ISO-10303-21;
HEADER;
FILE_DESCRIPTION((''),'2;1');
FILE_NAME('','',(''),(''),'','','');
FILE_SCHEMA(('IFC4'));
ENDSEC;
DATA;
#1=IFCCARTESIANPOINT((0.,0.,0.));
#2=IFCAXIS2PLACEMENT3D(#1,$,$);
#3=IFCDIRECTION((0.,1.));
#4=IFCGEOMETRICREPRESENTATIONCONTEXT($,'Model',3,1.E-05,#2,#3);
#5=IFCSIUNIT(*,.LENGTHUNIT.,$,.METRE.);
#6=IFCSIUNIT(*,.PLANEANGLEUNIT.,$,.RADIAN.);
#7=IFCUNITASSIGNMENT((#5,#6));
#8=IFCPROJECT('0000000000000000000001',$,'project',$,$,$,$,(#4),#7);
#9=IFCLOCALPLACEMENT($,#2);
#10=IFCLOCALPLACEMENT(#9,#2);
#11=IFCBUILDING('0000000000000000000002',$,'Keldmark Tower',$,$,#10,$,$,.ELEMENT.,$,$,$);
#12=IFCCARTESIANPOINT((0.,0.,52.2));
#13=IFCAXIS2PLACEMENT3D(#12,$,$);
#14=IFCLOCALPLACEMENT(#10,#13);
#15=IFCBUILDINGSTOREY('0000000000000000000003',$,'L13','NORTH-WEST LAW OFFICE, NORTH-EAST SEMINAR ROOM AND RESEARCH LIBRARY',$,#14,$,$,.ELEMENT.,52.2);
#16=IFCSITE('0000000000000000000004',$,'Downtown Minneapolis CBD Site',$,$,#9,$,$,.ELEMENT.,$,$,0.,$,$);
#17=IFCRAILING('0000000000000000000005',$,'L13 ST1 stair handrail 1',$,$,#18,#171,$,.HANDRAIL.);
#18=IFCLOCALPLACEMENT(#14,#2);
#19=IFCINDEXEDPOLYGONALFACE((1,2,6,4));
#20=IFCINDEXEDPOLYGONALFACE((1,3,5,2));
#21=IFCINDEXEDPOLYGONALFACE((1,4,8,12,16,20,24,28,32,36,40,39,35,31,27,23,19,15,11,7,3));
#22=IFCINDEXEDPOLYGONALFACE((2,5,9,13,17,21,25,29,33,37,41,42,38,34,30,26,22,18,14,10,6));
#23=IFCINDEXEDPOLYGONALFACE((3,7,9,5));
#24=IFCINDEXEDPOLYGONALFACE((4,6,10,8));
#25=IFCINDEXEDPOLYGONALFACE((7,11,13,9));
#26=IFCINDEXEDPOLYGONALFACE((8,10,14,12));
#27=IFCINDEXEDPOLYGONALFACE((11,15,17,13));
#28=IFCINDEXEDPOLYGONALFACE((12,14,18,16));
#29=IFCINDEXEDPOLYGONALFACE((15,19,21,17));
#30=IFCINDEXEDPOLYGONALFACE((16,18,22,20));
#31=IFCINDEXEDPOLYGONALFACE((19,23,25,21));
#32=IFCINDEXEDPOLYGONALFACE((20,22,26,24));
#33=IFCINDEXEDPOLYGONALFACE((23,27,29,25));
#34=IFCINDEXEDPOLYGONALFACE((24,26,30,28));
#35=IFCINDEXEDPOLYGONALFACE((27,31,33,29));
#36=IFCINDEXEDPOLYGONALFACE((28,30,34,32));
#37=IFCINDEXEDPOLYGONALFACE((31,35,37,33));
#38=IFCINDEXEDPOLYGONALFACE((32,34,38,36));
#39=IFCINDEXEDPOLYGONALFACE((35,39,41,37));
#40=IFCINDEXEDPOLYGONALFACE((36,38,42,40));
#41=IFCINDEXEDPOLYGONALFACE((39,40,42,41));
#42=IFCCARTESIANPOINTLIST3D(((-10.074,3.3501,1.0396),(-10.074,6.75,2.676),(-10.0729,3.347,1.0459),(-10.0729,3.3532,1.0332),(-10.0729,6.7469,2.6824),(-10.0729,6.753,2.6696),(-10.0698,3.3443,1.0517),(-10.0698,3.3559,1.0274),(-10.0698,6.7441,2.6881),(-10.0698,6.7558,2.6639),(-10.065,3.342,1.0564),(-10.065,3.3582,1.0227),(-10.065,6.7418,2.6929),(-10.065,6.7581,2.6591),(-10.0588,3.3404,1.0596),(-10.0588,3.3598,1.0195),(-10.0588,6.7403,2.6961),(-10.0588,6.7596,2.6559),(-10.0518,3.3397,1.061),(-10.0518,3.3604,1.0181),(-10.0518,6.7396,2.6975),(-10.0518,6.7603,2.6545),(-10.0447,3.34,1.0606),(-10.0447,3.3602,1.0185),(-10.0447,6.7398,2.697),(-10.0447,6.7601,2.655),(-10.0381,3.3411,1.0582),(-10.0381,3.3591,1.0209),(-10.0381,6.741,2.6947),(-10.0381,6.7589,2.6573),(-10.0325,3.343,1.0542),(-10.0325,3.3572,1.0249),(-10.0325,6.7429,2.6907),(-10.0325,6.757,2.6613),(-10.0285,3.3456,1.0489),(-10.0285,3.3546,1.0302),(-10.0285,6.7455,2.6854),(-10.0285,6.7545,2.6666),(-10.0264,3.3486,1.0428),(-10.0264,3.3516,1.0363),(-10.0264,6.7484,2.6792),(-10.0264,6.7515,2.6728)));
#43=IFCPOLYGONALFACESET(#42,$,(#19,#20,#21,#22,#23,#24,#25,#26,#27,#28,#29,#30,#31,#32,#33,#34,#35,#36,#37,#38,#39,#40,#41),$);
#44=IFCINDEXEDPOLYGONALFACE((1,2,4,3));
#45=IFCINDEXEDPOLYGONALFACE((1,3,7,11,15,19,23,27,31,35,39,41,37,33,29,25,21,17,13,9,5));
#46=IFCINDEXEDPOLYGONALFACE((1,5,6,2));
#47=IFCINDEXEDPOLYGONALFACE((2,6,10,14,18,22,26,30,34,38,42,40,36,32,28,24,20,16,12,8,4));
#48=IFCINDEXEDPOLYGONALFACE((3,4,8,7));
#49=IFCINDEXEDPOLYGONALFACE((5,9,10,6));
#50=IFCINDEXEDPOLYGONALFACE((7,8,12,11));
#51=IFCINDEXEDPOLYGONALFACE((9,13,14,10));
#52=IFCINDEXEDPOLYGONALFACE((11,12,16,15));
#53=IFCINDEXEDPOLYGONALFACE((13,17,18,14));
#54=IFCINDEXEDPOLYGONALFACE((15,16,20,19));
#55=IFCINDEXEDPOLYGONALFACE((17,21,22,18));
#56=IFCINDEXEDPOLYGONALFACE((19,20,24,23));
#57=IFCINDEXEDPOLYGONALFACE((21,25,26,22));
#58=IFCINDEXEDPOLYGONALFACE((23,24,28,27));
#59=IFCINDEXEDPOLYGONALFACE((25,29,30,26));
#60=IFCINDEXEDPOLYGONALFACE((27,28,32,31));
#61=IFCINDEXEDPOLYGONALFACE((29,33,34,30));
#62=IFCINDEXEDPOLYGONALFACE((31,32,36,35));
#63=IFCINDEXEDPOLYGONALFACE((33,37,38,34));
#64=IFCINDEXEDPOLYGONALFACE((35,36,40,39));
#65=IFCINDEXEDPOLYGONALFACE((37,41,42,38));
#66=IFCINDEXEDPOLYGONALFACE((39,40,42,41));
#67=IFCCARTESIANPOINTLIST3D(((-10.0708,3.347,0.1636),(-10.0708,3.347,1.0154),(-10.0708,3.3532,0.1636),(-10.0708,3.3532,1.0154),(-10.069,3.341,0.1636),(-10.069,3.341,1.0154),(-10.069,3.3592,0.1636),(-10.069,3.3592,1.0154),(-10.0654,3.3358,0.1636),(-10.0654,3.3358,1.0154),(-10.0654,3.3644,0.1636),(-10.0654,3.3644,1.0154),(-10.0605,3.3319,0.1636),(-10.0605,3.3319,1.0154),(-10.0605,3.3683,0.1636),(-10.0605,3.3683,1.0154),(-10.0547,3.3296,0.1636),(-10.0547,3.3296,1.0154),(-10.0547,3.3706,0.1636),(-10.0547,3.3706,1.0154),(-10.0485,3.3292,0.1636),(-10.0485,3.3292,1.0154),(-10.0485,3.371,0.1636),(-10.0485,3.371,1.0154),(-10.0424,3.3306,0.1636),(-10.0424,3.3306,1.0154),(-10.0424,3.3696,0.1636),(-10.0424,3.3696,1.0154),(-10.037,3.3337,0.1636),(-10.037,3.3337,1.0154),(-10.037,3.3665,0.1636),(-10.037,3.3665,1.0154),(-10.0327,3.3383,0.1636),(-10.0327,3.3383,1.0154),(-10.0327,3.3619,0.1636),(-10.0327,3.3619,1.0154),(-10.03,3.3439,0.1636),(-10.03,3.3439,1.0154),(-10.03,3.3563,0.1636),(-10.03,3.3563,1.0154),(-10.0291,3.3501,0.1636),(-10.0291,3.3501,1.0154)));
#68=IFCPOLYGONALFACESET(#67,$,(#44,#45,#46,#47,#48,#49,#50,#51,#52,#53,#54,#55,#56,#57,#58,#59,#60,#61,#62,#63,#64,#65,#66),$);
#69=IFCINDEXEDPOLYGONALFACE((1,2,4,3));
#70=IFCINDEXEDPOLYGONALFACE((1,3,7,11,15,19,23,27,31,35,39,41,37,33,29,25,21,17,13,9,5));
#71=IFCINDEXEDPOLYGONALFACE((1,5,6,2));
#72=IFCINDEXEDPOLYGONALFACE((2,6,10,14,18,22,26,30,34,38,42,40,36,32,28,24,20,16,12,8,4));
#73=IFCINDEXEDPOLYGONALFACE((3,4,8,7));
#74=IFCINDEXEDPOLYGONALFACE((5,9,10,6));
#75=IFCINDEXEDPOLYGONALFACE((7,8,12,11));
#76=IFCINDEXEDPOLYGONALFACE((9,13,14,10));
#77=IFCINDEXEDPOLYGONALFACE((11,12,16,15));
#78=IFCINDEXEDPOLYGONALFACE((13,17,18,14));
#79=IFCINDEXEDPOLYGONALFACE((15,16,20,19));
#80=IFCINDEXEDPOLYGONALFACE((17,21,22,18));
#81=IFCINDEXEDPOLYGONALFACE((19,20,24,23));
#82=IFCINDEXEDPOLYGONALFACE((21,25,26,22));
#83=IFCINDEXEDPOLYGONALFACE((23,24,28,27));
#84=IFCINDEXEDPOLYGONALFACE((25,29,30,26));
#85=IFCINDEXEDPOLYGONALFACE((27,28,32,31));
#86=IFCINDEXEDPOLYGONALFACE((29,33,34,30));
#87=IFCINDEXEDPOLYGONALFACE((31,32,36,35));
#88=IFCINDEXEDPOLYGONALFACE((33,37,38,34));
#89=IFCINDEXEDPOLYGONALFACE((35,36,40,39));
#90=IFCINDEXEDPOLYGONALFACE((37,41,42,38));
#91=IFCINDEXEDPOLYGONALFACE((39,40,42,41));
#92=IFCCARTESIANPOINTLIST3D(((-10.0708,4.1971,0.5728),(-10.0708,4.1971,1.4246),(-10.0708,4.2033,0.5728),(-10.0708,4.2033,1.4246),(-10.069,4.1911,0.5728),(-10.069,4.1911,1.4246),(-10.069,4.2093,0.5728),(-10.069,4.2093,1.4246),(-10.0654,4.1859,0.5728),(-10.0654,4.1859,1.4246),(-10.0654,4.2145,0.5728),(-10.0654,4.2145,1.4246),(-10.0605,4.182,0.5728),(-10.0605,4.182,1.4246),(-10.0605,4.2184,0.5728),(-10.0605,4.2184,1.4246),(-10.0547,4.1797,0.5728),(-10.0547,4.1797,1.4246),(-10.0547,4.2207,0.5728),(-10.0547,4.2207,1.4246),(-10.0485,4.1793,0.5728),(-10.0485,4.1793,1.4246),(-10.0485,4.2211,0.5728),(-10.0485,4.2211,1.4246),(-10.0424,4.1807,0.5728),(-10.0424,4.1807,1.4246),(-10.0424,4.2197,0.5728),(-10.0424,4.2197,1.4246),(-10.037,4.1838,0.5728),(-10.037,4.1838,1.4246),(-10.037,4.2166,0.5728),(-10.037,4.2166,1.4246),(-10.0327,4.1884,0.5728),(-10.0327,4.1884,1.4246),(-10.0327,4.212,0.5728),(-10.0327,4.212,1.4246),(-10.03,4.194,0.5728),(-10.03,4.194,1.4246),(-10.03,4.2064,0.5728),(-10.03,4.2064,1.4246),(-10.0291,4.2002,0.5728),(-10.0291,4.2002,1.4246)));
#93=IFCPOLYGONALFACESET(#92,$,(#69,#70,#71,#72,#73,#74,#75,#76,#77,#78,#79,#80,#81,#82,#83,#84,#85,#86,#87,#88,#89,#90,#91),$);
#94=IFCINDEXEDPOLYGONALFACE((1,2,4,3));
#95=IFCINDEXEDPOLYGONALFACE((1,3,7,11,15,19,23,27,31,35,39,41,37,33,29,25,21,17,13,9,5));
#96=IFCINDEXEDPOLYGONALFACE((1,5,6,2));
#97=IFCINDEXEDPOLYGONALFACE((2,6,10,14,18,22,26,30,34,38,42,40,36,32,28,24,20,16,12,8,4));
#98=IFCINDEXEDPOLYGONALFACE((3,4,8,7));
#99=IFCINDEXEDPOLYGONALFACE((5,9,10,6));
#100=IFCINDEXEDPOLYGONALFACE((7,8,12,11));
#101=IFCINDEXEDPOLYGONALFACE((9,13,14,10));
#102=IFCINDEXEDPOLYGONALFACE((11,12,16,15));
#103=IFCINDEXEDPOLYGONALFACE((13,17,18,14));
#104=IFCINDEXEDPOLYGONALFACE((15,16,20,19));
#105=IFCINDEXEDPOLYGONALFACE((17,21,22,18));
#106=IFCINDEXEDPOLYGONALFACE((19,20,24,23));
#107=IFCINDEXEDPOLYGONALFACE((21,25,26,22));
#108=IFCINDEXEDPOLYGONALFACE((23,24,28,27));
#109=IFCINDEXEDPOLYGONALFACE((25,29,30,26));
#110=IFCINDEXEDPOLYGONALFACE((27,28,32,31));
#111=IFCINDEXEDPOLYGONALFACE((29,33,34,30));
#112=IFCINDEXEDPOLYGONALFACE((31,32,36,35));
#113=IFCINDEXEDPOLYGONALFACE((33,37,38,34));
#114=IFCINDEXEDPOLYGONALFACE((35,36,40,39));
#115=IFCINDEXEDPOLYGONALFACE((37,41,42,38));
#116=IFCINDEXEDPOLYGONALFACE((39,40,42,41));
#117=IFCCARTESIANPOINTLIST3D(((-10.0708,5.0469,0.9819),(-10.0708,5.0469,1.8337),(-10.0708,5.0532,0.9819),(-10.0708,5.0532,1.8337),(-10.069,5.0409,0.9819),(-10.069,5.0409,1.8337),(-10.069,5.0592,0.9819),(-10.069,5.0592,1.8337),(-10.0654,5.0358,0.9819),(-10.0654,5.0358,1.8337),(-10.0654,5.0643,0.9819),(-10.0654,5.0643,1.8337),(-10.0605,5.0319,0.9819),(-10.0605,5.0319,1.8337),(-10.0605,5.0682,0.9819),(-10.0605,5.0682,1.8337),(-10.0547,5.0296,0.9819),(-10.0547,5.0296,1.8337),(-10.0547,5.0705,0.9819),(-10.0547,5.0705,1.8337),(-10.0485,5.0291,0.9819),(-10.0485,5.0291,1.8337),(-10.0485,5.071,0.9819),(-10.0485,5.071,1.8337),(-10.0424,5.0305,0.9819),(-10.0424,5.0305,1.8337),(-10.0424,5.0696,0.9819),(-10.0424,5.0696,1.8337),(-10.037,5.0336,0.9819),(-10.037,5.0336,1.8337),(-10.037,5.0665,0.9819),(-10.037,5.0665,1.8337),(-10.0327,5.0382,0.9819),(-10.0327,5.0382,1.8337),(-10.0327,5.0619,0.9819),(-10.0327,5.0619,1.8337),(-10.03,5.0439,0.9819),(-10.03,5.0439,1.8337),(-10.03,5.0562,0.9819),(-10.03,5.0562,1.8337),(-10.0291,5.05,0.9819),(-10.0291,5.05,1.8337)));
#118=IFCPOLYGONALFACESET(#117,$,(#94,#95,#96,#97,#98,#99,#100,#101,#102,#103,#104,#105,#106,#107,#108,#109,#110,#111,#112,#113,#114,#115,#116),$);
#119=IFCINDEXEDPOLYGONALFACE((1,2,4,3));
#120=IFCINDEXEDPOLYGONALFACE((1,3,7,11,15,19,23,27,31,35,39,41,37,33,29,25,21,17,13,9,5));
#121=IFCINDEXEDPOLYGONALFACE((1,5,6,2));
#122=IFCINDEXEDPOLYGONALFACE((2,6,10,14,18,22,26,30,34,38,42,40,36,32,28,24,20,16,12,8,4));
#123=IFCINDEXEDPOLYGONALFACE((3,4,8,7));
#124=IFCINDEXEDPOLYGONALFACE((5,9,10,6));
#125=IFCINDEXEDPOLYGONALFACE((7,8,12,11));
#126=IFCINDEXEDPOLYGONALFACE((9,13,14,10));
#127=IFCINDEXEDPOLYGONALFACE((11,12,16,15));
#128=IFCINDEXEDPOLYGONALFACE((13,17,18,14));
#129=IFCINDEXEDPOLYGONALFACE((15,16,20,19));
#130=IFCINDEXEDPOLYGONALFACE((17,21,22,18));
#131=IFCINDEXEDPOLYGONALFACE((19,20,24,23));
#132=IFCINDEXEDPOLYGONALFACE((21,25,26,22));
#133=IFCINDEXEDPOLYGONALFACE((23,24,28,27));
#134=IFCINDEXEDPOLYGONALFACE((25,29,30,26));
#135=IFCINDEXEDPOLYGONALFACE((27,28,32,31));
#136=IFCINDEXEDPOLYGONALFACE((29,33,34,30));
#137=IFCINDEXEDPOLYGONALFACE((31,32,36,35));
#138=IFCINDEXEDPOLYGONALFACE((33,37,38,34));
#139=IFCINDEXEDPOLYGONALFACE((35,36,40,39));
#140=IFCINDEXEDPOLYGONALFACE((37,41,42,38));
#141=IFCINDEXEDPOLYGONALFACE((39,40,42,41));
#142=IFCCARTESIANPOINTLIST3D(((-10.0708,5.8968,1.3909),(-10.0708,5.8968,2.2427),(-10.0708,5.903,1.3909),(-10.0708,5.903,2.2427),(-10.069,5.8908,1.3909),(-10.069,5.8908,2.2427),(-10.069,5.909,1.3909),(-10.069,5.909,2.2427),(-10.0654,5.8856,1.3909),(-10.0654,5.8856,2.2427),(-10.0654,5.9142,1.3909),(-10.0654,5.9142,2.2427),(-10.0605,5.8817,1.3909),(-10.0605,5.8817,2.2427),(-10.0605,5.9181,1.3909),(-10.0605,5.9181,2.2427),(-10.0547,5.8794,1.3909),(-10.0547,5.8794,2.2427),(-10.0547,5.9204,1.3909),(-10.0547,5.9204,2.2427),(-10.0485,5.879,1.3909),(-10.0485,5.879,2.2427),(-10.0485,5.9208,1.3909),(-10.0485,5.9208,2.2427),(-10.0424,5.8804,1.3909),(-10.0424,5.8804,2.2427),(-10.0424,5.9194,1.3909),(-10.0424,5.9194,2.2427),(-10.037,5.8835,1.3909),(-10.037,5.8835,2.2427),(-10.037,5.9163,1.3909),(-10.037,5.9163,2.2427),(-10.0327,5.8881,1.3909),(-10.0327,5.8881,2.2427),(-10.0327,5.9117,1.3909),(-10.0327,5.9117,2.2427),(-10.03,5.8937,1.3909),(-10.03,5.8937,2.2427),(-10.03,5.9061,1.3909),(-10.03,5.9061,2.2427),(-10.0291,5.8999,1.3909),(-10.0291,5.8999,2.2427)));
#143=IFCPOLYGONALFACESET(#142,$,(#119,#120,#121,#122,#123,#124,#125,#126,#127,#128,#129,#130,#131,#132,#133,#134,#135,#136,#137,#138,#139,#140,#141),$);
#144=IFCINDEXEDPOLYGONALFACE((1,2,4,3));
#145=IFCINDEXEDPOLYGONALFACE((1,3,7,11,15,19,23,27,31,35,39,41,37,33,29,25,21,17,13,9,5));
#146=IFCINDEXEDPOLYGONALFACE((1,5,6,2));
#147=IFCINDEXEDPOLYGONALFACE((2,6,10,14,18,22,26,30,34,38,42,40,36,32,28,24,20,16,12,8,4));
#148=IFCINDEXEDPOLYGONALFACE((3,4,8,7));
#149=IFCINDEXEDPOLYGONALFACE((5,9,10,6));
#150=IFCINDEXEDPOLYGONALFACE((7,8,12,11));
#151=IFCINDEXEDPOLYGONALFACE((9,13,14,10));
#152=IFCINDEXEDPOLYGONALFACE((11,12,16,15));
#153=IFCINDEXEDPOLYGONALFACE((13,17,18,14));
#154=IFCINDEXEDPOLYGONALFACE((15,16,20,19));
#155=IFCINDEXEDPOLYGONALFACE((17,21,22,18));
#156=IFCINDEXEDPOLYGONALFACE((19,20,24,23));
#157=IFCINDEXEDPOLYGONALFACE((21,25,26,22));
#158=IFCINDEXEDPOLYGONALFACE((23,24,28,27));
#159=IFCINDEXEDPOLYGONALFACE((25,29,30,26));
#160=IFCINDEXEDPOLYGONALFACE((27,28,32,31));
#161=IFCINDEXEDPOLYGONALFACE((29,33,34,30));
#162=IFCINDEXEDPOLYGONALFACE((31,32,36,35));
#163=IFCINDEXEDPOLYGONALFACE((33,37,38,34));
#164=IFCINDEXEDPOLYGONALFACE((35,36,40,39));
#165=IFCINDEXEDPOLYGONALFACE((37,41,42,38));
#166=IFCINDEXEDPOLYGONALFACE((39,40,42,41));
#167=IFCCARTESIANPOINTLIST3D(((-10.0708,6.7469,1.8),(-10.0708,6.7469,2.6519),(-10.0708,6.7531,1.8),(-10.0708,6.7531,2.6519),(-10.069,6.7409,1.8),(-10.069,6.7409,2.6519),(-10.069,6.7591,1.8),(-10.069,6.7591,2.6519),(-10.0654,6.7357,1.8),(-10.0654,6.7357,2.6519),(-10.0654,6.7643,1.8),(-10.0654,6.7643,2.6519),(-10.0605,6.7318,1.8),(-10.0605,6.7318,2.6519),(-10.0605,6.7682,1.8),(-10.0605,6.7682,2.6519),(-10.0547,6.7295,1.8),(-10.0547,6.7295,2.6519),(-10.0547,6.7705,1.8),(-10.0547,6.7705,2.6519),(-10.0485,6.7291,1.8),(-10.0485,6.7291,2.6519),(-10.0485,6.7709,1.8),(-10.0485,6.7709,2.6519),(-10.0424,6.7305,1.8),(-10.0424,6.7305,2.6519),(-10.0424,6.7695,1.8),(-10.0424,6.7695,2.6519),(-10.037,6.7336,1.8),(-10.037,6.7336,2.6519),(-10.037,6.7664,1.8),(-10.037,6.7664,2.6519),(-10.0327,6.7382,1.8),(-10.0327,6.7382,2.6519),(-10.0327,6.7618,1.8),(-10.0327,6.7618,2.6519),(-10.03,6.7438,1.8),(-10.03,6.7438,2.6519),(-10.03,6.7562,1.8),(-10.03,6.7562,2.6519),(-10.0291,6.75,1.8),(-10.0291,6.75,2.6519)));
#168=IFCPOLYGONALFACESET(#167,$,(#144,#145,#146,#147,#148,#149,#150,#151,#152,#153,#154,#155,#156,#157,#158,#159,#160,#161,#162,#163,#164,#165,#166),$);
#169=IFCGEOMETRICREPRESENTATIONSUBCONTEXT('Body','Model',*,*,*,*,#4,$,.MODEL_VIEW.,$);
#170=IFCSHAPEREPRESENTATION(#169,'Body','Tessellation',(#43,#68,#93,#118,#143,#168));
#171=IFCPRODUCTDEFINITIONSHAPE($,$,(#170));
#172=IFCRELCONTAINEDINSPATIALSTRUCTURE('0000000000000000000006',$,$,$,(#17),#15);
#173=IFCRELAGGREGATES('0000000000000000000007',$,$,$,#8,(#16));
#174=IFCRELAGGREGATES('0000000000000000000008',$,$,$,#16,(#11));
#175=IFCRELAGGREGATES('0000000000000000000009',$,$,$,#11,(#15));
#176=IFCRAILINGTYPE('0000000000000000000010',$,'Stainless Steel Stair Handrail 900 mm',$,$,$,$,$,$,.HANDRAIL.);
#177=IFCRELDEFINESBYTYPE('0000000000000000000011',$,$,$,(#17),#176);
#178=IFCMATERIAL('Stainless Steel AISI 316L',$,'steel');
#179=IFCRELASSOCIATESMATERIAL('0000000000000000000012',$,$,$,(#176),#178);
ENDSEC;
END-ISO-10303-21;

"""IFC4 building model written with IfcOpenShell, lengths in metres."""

from ifc_helpers import new_model, si_unit, direction, frame, origin, origin_2d, place, context, subcontext, project, spatial, circle, extrude, material, type_object, element, save


model = new_model("IFC4")

# Units and contexts
model_context = context("Model", 3, precision=1e-05, world=origin(), true_north=direction((0.0, 1.0)))
body_context = subcontext(model_context, "Body", "Model", "MODEL_VIEW")
ifc_project = project(units=[si_unit("LENGTHUNIT", "METRE"), si_unit("PLANEANGLEUNIT", "RADIAN")], contexts=[model_context])

# Site, building, storey
site_placement = place(None, origin())
site = spatial("IfcSite", under=ifc_project, at=site_placement, Name="Downtown Minneapolis CBD Site", CompositionType="ELEMENT", RefElevation=0.0)
building_placement = place(site_placement, origin())
building = spatial("IfcBuilding", under=site, at=building_placement, Name="Keldmark Tower", CompositionType="ELEMENT")
storey_placement = place(building_placement, frame((0.0, 0.0, 52.2)))
storey = spatial("IfcBuildingStorey", under=building, at=storey_placement, Name="L13", Description="NORTH-WEST LAW OFFICE, NORTH-EAST SEMINAR ROOM AND RESEARCH LIBRARY", CompositionType="ELEMENT", Elevation=52.2)

# Railing
ifc_material_1 = material(Name="Stainless Steel AISI 316L", Category="steel")
railing_type_1 = type_object("IfcRailingType", Name="Stainless Steel Stair Handrail 900 mm", PredefinedType="HANDRAIL", material=ifc_material_1)
railing_1_placement = place(storey_placement, frame((-10.05, 3.3501, 0.1636)))
element("IfcRailing", 1, at=railing_1_placement, inside=storey, type_object=railing_type_1, Name="L13 ST1 stair handrail 1", PredefinedType="HANDRAIL", context=body_context, shape_type="SweptSolid", body=[
    extrude(circle(Radius=0.0239, at=origin_2d()), frame((0.0, 0.0, 0.876), z_axis=(0.0, 0.901055, 0.433705), x_axis=(-1.0, 0.0, 0.0)), (0.0, 0.0, 1.0), 3.7732),
    extrude(circle(Radius=0.021, at=origin_2d()), origin(), (0.0, 0.0, 1.0), 0.8518),
    extrude(circle(Radius=0.021, at=origin_2d()), frame((0.0, 0.8501, 0.4092)), (0.0, 0.0, 1.0), 0.8518),
    extrude(circle(Radius=0.021, at=origin_2d()), frame((0.0, 1.7, 0.8184)), (0.0, 0.0, 1.0), 0.8518),
    extrude(circle(Radius=0.021, at=origin_2d()), frame((0.0, 2.5498, 1.2273)), (0.0, 0.0, 1.0), 0.8518),
    extrude(circle(Radius=0.021, at=origin_2d()), frame((0.0, 3.3999, 1.6365)), (0.0, 0.0, 1.0), 0.8518),
])

save(model, "model.ifc")
